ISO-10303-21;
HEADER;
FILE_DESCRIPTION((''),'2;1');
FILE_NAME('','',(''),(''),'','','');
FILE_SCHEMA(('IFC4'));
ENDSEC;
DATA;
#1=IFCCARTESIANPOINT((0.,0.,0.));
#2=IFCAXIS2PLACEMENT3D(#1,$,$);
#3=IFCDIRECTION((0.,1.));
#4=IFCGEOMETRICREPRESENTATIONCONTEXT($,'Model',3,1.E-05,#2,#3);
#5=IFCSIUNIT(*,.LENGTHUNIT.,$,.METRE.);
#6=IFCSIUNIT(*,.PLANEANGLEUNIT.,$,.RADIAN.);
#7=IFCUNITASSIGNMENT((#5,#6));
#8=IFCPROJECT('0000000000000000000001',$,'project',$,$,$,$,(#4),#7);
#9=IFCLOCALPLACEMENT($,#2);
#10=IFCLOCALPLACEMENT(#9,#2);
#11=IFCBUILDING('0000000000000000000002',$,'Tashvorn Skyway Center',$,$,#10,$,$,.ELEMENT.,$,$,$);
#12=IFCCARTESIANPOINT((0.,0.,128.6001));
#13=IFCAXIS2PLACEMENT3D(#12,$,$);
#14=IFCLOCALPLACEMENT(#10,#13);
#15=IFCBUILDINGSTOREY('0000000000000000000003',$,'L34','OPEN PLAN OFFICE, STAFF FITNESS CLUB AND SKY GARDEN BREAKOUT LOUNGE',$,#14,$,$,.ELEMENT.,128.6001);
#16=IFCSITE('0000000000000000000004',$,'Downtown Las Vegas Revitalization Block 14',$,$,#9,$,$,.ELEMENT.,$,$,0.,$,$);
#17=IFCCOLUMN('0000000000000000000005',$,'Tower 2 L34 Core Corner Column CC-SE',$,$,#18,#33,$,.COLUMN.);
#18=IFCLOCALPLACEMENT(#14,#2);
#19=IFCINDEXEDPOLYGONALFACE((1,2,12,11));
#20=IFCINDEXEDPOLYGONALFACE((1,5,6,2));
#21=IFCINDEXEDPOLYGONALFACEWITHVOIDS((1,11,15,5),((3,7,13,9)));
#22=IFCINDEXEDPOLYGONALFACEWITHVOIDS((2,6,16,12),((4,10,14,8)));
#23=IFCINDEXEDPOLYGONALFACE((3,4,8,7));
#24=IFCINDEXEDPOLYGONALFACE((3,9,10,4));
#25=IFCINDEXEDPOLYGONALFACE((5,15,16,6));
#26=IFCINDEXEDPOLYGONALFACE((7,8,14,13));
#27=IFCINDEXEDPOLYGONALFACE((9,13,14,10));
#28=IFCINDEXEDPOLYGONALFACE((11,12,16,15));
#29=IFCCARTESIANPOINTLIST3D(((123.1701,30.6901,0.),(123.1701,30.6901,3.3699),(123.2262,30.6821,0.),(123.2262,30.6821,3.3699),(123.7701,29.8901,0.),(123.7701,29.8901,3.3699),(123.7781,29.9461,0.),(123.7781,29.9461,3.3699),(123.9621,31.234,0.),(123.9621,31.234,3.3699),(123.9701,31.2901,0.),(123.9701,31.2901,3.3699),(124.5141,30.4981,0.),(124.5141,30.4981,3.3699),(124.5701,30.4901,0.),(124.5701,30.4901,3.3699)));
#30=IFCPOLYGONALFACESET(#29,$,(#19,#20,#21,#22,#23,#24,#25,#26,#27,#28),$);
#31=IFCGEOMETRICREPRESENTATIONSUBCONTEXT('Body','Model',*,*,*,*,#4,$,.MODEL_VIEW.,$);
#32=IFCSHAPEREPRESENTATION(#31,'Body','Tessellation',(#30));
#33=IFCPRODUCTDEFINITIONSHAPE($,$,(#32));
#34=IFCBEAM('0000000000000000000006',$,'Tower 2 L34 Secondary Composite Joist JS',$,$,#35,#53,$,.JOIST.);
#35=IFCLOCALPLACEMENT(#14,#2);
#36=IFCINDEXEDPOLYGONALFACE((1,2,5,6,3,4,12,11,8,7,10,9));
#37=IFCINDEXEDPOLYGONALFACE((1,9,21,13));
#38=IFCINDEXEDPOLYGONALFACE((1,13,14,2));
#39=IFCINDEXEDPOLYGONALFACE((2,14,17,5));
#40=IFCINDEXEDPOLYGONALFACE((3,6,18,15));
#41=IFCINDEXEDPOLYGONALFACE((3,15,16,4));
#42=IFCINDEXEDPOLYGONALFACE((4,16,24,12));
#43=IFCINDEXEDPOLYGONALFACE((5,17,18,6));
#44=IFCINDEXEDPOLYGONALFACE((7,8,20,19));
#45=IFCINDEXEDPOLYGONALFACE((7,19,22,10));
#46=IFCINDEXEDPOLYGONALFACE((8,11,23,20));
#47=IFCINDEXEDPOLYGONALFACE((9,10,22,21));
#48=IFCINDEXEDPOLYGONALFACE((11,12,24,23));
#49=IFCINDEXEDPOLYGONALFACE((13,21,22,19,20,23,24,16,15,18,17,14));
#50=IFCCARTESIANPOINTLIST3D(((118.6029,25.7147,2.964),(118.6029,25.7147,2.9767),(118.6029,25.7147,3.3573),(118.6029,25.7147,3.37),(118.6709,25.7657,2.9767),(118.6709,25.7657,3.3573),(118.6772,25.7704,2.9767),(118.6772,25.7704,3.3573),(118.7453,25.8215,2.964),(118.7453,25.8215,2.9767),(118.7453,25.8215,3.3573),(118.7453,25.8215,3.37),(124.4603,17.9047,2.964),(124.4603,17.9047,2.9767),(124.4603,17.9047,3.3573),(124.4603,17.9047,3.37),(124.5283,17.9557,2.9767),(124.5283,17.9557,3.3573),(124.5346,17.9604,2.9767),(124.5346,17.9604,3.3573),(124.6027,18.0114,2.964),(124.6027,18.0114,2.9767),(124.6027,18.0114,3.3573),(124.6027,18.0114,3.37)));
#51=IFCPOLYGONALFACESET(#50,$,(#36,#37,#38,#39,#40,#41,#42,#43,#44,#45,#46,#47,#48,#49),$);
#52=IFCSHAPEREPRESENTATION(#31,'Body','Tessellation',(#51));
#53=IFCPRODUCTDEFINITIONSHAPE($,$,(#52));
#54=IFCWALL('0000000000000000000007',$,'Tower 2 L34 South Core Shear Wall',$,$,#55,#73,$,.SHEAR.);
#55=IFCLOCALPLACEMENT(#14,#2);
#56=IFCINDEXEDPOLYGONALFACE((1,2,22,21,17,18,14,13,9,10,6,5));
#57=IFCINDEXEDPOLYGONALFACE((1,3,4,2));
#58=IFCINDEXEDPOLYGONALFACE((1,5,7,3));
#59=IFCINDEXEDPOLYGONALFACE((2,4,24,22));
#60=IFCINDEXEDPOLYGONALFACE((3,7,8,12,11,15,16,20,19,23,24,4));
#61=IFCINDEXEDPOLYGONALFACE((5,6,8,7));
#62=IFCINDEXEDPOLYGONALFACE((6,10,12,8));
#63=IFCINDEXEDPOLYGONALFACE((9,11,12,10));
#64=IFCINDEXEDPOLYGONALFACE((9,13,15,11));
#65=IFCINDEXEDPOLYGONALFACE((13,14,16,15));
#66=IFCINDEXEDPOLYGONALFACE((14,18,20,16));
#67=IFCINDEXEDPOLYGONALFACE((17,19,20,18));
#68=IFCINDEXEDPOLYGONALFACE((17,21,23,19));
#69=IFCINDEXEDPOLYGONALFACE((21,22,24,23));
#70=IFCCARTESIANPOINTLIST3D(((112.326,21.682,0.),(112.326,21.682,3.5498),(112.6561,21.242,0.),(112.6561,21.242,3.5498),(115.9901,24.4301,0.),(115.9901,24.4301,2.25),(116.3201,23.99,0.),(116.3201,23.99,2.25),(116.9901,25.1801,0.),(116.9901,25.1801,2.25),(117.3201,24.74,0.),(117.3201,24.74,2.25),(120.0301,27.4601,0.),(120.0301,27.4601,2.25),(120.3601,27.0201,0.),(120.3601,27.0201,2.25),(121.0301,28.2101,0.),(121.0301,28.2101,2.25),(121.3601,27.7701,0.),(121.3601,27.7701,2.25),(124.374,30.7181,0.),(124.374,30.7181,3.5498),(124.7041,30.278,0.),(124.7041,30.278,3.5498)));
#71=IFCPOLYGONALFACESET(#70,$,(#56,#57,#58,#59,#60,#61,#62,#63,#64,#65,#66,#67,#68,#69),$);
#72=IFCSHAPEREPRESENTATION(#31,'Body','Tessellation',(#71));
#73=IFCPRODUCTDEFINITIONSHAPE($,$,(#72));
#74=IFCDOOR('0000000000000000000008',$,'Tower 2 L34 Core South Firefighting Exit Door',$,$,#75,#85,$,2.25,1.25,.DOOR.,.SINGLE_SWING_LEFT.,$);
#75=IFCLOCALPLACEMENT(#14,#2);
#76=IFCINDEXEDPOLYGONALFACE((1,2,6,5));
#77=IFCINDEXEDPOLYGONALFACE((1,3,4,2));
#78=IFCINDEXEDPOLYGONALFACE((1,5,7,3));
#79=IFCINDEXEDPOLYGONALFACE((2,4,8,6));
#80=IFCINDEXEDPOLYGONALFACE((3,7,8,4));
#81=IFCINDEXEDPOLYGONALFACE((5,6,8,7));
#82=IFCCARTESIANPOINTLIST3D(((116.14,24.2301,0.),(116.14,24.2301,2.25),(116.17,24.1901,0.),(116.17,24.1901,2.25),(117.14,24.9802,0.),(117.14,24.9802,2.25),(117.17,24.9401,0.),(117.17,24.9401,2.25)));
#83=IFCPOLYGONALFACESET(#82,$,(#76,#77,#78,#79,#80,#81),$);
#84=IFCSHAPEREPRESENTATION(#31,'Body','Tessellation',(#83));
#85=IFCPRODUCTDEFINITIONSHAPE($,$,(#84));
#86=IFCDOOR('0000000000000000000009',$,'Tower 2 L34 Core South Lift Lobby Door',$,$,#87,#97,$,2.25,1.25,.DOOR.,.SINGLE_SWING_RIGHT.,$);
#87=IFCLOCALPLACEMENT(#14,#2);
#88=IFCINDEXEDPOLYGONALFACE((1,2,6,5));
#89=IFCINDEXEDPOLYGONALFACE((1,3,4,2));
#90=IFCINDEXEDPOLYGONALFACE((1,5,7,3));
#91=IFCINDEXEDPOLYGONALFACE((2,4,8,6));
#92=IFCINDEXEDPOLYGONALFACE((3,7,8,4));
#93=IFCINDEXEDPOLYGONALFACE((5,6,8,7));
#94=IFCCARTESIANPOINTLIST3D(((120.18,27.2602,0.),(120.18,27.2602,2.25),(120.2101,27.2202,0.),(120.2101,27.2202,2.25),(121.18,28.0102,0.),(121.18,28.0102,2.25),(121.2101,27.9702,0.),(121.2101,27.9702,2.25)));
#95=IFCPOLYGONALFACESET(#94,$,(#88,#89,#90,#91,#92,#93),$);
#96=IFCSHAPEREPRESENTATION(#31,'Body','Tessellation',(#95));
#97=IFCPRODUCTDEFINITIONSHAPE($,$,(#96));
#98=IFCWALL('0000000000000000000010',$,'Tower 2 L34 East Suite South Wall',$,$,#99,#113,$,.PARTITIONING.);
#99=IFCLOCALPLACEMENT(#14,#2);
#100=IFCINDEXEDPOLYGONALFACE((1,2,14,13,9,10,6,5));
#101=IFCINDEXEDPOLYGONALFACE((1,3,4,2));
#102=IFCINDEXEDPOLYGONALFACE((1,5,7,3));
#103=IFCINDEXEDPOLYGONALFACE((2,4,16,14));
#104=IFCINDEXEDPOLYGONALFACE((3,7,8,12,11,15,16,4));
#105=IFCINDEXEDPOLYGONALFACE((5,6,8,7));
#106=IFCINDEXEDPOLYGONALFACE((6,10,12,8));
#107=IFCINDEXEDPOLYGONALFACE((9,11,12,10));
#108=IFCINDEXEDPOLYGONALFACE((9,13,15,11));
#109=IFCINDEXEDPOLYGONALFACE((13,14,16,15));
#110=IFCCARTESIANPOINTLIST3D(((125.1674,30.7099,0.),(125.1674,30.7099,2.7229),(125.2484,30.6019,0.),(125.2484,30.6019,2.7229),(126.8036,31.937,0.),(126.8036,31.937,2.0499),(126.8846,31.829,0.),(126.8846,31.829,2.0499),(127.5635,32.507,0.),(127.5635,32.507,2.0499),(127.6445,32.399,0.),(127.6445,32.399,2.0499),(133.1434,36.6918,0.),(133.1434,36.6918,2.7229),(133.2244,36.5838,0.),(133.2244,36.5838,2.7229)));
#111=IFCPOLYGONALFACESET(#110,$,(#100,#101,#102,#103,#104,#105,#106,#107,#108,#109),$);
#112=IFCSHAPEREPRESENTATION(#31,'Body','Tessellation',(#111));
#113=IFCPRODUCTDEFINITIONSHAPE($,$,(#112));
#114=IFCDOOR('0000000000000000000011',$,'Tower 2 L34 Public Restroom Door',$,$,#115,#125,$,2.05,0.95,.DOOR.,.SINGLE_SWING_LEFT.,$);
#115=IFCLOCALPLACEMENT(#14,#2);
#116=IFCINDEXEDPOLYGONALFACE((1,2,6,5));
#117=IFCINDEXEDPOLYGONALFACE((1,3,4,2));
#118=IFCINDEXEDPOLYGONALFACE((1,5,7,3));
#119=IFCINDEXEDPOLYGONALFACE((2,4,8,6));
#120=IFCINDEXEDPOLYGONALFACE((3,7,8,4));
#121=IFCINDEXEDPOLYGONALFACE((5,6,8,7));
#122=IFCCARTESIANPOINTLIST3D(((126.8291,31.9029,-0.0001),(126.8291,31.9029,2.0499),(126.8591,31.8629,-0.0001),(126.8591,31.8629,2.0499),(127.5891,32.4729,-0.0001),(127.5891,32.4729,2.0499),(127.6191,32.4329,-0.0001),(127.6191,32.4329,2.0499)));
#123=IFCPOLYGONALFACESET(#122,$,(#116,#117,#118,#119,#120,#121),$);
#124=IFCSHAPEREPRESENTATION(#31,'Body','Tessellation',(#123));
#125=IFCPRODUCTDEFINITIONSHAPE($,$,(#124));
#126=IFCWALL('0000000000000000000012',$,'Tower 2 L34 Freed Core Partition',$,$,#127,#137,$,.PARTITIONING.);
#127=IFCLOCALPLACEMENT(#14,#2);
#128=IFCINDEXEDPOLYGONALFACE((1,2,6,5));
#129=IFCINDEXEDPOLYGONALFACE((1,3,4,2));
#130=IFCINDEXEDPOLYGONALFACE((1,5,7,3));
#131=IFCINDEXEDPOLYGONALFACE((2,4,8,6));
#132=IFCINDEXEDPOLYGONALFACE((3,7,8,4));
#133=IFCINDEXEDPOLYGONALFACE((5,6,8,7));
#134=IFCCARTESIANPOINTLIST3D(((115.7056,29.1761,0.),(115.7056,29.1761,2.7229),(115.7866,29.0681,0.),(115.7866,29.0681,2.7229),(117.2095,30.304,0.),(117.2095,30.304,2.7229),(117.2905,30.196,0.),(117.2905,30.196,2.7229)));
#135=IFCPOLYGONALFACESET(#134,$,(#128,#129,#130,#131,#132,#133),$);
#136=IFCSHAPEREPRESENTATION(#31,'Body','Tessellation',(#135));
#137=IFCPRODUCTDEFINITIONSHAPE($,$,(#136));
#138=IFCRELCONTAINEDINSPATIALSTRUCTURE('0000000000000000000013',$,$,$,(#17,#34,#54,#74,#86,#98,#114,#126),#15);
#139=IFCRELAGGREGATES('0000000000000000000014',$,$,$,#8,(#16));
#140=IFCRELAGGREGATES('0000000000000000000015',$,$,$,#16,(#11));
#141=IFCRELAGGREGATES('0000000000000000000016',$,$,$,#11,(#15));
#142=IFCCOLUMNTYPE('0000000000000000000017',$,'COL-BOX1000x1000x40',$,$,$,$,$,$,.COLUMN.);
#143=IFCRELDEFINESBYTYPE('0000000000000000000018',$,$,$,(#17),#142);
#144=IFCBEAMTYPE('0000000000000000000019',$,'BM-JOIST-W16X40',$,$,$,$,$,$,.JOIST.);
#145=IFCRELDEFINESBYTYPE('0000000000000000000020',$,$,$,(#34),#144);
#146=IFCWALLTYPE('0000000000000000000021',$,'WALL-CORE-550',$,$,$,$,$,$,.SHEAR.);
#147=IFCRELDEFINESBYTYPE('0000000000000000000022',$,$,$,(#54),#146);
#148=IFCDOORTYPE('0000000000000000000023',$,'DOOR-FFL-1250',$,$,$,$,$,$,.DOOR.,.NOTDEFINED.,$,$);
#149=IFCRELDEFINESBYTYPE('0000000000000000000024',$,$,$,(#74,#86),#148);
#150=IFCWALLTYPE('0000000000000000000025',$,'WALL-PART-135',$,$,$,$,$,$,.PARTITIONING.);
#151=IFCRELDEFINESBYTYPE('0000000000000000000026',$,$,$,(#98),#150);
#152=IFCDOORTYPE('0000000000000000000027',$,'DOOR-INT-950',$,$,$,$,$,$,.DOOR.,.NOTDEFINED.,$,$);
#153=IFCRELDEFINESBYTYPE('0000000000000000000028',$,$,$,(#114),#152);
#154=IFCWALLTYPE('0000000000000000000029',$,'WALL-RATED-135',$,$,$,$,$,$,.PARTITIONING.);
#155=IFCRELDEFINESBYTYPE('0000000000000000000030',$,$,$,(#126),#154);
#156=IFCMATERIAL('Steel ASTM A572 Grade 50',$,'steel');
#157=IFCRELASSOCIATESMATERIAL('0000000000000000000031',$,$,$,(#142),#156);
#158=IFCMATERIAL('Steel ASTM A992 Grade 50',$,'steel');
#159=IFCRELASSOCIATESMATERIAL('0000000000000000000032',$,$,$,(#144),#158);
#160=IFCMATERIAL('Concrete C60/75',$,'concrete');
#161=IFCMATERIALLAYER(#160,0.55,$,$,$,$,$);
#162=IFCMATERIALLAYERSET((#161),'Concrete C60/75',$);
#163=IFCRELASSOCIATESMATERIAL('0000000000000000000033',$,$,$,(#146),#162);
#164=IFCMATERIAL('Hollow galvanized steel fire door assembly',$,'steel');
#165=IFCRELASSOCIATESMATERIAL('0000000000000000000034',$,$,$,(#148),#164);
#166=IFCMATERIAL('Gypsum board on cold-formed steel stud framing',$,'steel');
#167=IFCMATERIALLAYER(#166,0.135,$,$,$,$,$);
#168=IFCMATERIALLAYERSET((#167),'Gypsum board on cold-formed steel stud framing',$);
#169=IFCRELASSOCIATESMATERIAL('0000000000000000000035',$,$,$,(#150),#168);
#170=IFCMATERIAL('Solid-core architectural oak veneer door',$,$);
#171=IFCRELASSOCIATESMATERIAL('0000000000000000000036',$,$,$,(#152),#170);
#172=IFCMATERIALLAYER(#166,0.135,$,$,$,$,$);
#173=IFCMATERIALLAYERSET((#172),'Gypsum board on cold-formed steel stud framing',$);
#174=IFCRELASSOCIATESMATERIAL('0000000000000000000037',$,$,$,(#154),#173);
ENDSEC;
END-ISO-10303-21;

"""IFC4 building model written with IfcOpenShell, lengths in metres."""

from ifc_helpers import new_model, si_unit, direction, frame, frame_2d, origin, origin_2d, place, context, subcontext, project, spatial, rectangle, hollow_rectangle, i_section, extrude, material, layer, layer_set, material_profile, profile_set, type_object, element, fill, save


model = new_model("IFC4")

# Units and contexts
model_context = context("Model", 3, precision=1e-05, world=origin(), true_north=direction((0.0, 1.0)))
body_context = subcontext(model_context, "Body", "Model", "MODEL_VIEW")
ifc_project = project(units=[si_unit("LENGTHUNIT", "METRE"), si_unit("PLANEANGLEUNIT", "RADIAN")], contexts=[model_context])

# Site, building, storey
site_placement = place(None, origin())
site = spatial("IfcSite", under=ifc_project, at=site_placement, Name="Downtown Las Vegas Revitalization Block 14", CompositionType="ELEMENT", RefElevation=0.0)
building_placement = place(site_placement, origin())
building = spatial("IfcBuilding", under=site, at=building_placement, Name="Tashvorn Skyway Center", CompositionType="ELEMENT")
storey_placement = place(building_placement, frame((0.0, 0.0, 128.6001)))
storey = spatial("IfcBuildingStorey", under=building, at=storey_placement, Name="L34", Description="OPEN PLAN OFFICE, STAFF FITNESS CLUB AND SKY GARDEN BREAKOUT LOUNGE", CompositionType="ELEMENT", Elevation=128.6001)

# Column
ifc_material_1 = material(Name="Steel ASTM A572 Grade 50", Category="steel")
ifc_material_profile_1 = material_profile(ifc_material_1, hollow_rectangle(XDim=1.0, YDim=1.0, WallThickness=0.04, at=origin_2d()), Name="BOX1000x1000x40")
ifc_profile_set_1 = profile_set([ifc_material_profile_1], Name="Steel ASTM A572 Grade 50")
column_type = type_object("IfcColumnType", Name="COL-BOX1000x1000x40", PredefinedType="COLUMN", material=ifc_profile_set_1)
column_placement = place(storey_placement, frame((123.8701, 30.5901, 0.0), z_axis=(0.0, 0.0, 1.0), x_axis=(0.8, 0.6, 0.0)))
element("IfcColumn", 1, at=column_placement, inside=storey, type_object=column_type, Name="Tower 2 L34 Core Corner Column CC-SE", PredefinedType="COLUMN", context=body_context, shape_type="SweptSolid", body=[
    extrude(hollow_rectangle(XDim=1.0, YDim=1.0, WallThickness=0.04, at=origin_2d()), origin(), (0.0, 0.0, 1.0), 3.3699),
])

# Beam
ifc_material_2 = material(Name="Steel ASTM A992 Grade 50", Category="steel")
ifc_material_profile_2 = material_profile(ifc_material_2, i_section(OverallWidth=0.178, OverallDepth=0.406, WebThickness=0.0078, FlangeThickness=0.0127, at=origin_2d()), Name="W16X40")
ifc_profile_set_2 = profile_set([ifc_material_profile_2], Name="Steel ASTM A992 Grade 50")
beam_type = type_object("IfcBeamType", Name="BM-JOIST-W16X40", PredefinedType="JOIST", material=ifc_profile_set_2)
beam_placement = place(storey_placement, frame((118.6741, 25.7681, 3.167), z_axis=(0.599992, -0.800006, 0.0), x_axis=(0.800006, 0.599992, 0.0)))
element("IfcBeam", 2, at=beam_placement, inside=storey, type_object=beam_type, Name="Tower 2 L34 Secondary Composite Joist JS", PredefinedType="JOIST", context=body_context, shape_type="SweptSolid", body=[
    extrude(i_section(OverallWidth=0.178, OverallDepth=0.406, WebThickness=0.0078, FlangeThickness=0.0127, at=origin_2d()), origin(), (0.0, 0.0, 1.0), 9.7625),
])

# Wall, openings, doors
ifc_material_3 = material(Name="Concrete C60/75", Category="concrete")
ifc_layer_1 = layer(ifc_material_3, 0.55)
ifc_layer_set_1 = layer_set([ifc_layer_1], Name="Concrete C60/75")
wall_type_1 = type_object("IfcWallType", Name="WALL-CORE-550", PredefinedType="SHEAR", material=ifc_layer_set_1)
wall_1_placement = place(storey_placement, frame((124.5391, 30.498, 0.0), z_axis=(0.0, 0.0, 1.0), x_axis=(-0.799998, -0.600003, 0.0)))
wall_1 = element("IfcWall", 3, at=wall_1_placement, inside=storey, type_object=wall_type_1, Name="Tower 2 L34 South Core Shear Wall", PredefinedType="SHEAR", context=body_context, shape_type="SweptSolid", body=[
    extrude(rectangle(XDim=15.0601, YDim=0.55, at=frame_2d((7.53, 0.0))), origin(), (0.0, 0.0, 1.0), 3.5498),
])
opening_1_placement = place(wall_1_placement, frame((9.23, 0.0, 0.0)))
opening_1 = element("IfcOpeningElement", 4, at=opening_1_placement, cuts=wall_1, PredefinedType="OPENING", context=body_context, shape_type="SweptSolid", body=[
    extrude(rectangle(XDim=1.25, YDim=2.25, at=frame_2d((0.625, 1.125))), frame((0.0, 0.2849, 0.0), z_axis=(0.0, -1.0, 0.0), x_axis=(1.0, 0.0, 0.0)), (0.0, 0.0, 1.0), 0.5701),
])
opening_2_placement = place(wall_1_placement, frame((4.1799, 0.0, 0.0)))
opening_2 = element("IfcOpeningElement", 5, at=opening_2_placement, cuts=wall_1, PredefinedType="OPENING", context=body_context, shape_type="SweptSolid", body=[
    extrude(rectangle(XDim=1.25, YDim=2.25, at=frame_2d((0.625, 1.125))), frame((0.0, 0.2849, 0.0), z_axis=(0.0, -1.0, 0.0), x_axis=(1.0, 0.0, 0.0)), (0.0, 0.0, 1.0), 0.5701),
])
ifc_material_4 = material(Name="Hollow galvanized steel fire door assembly", Category="steel")
door_type_1 = type_object("IfcDoorType", Name="DOOR-FFL-1250", OperationType="NOTDEFINED", PredefinedType="DOOR", material=ifc_material_4)
door_1_placement = place(opening_1_placement, origin())
door_1 = element("IfcDoor", 6, at=door_1_placement, inside=storey, type_object=door_type_1, Name="Tower 2 L34 Core South Firefighting Exit Door", OperationType="SINGLE_SWING_LEFT", OverallHeight=2.25, OverallWidth=1.25, PredefinedType="DOOR", context=body_context, shape_type="SweptSolid", body=[
    extrude(rectangle(XDim=1.25, YDim=2.25, at=frame_2d((0.625, 1.125))), frame((0.0, 0.0249, 0.0), z_axis=(0.0, -1.0, 0.0), x_axis=(1.0, 0.0, 0.0)), (0.0, 0.0, 1.0), 0.05),
])
fill(opening_1, door_1)
door_2_placement = place(opening_2_placement, origin())
door_2 = element("IfcDoor", 7, at=door_2_placement, inside=storey, type_object=door_type_1, Name="Tower 2 L34 Core South Lift Lobby Door", OperationType="SINGLE_SWING_RIGHT", OverallHeight=2.25, OverallWidth=1.25, PredefinedType="DOOR", context=body_context, shape_type="SweptSolid", body=[
    extrude(rectangle(XDim=1.25, YDim=2.25, at=frame_2d((0.625, 1.125))), frame((0.0, 0.0249, 0.0), z_axis=(0.0, -1.0, 0.0), x_axis=(1.0, 0.0, 0.0)), (0.0, 0.0, 1.0), 0.05),
])
fill(opening_2, door_2)

# Wall, opening, door
ifc_material_5 = material(Name="Gypsum board on cold-formed steel stud framing", Category="steel")
ifc_layer_2 = layer(ifc_material_5, 0.135)
ifc_layer_set_2 = layer_set([ifc_layer_2], Name="Gypsum board on cold-formed steel stud framing")
wall_type_2 = type_object("IfcWallType", Name="WALL-PART-135", PredefinedType="PARTITIONING", material=ifc_layer_set_2)
wall_2_placement = place(storey_placement, frame((125.208, 30.656, 0.0), z_axis=(0.0, 0.0, 1.0), x_axis=(0.800006, 0.599992, 0.0)))
wall_2 = element("IfcWall", 8, at=wall_2_placement, inside=storey, type_object=wall_type_2, Name="Tower 2 L34 East Suite South Wall", PredefinedType="PARTITIONING", context=body_context, shape_type="SweptSolid", body=[
    extrude(rectangle(XDim=9.97, YDim=0.135, at=frame_2d((4.9849, 0.0))), origin(), (0.0, 0.0, 1.0), 2.7229),
])
opening_3_placement = place(wall_2_placement, frame((2.0449, 0.0, 0.0)))
opening_3 = element("IfcOpeningElement", 9, at=opening_3_placement, cuts=wall_2, PredefinedType="OPENING", context=body_context, shape_type="SweptSolid", body=[
    extrude(rectangle(XDim=0.95, YDim=2.05, at=frame_2d((0.4751, 1.0249))), frame((0.0, 0.0774, 0.0), z_axis=(0.0, -1.0, 0.0), x_axis=(1.0, 0.0, 0.0)), (0.0, 0.0, 1.0), 0.155),
])
ifc_material_6 = material(Name="Solid-core architectural oak veneer door")
door_type_2 = type_object("IfcDoorType", Name="DOOR-INT-950", OperationType="NOTDEFINED", PredefinedType="DOOR", material=ifc_material_6)
door_3_placement = place(opening_3_placement, origin())
door_3 = element("IfcDoor", 10, at=door_3_placement, inside=storey, type_object=door_type_2, Name="Tower 2 L34 Public Restroom Door", OperationType="SINGLE_SWING_LEFT", OverallHeight=2.05, OverallWidth=0.95, PredefinedType="DOOR", context=body_context, shape_type="SweptSolid", body=[
    extrude(rectangle(XDim=0.95, YDim=2.05, at=frame_2d((0.4751, 1.0249))), frame((0.0, 0.0249, 0.0), z_axis=(0.0, -1.0, 0.0), x_axis=(1.0, 0.0, 0.0)), (0.0, 0.0, 1.0), 0.05),
])
fill(opening_3, door_3)

# Wall
ifc_layer_3 = layer(ifc_material_5, 0.135)
ifc_layer_set_3 = layer_set([ifc_layer_3], Name="Gypsum board on cold-formed steel stud framing")
wall_type_3 = type_object("IfcWallType", Name="WALL-RATED-135", PredefinedType="PARTITIONING", material=ifc_layer_set_3)
wall_3_placement = place(storey_placement, frame((115.7461, 29.1221, 0.0), z_axis=(0.0, 0.0, 1.0), x_axis=(0.8, 0.6, 0.0)))
element("IfcWall", 11, at=wall_3_placement, inside=storey, type_object=wall_type_3, Name="Tower 2 L34 Freed Core Partition", PredefinedType="PARTITIONING", context=body_context, shape_type="SweptSolid", body=[
    extrude(rectangle(XDim=1.8799, YDim=0.135, at=frame_2d((0.9399, 0.0))), origin(), (0.0, 0.0, 1.0), 2.7229),
])

save(model, "model.ifc")
